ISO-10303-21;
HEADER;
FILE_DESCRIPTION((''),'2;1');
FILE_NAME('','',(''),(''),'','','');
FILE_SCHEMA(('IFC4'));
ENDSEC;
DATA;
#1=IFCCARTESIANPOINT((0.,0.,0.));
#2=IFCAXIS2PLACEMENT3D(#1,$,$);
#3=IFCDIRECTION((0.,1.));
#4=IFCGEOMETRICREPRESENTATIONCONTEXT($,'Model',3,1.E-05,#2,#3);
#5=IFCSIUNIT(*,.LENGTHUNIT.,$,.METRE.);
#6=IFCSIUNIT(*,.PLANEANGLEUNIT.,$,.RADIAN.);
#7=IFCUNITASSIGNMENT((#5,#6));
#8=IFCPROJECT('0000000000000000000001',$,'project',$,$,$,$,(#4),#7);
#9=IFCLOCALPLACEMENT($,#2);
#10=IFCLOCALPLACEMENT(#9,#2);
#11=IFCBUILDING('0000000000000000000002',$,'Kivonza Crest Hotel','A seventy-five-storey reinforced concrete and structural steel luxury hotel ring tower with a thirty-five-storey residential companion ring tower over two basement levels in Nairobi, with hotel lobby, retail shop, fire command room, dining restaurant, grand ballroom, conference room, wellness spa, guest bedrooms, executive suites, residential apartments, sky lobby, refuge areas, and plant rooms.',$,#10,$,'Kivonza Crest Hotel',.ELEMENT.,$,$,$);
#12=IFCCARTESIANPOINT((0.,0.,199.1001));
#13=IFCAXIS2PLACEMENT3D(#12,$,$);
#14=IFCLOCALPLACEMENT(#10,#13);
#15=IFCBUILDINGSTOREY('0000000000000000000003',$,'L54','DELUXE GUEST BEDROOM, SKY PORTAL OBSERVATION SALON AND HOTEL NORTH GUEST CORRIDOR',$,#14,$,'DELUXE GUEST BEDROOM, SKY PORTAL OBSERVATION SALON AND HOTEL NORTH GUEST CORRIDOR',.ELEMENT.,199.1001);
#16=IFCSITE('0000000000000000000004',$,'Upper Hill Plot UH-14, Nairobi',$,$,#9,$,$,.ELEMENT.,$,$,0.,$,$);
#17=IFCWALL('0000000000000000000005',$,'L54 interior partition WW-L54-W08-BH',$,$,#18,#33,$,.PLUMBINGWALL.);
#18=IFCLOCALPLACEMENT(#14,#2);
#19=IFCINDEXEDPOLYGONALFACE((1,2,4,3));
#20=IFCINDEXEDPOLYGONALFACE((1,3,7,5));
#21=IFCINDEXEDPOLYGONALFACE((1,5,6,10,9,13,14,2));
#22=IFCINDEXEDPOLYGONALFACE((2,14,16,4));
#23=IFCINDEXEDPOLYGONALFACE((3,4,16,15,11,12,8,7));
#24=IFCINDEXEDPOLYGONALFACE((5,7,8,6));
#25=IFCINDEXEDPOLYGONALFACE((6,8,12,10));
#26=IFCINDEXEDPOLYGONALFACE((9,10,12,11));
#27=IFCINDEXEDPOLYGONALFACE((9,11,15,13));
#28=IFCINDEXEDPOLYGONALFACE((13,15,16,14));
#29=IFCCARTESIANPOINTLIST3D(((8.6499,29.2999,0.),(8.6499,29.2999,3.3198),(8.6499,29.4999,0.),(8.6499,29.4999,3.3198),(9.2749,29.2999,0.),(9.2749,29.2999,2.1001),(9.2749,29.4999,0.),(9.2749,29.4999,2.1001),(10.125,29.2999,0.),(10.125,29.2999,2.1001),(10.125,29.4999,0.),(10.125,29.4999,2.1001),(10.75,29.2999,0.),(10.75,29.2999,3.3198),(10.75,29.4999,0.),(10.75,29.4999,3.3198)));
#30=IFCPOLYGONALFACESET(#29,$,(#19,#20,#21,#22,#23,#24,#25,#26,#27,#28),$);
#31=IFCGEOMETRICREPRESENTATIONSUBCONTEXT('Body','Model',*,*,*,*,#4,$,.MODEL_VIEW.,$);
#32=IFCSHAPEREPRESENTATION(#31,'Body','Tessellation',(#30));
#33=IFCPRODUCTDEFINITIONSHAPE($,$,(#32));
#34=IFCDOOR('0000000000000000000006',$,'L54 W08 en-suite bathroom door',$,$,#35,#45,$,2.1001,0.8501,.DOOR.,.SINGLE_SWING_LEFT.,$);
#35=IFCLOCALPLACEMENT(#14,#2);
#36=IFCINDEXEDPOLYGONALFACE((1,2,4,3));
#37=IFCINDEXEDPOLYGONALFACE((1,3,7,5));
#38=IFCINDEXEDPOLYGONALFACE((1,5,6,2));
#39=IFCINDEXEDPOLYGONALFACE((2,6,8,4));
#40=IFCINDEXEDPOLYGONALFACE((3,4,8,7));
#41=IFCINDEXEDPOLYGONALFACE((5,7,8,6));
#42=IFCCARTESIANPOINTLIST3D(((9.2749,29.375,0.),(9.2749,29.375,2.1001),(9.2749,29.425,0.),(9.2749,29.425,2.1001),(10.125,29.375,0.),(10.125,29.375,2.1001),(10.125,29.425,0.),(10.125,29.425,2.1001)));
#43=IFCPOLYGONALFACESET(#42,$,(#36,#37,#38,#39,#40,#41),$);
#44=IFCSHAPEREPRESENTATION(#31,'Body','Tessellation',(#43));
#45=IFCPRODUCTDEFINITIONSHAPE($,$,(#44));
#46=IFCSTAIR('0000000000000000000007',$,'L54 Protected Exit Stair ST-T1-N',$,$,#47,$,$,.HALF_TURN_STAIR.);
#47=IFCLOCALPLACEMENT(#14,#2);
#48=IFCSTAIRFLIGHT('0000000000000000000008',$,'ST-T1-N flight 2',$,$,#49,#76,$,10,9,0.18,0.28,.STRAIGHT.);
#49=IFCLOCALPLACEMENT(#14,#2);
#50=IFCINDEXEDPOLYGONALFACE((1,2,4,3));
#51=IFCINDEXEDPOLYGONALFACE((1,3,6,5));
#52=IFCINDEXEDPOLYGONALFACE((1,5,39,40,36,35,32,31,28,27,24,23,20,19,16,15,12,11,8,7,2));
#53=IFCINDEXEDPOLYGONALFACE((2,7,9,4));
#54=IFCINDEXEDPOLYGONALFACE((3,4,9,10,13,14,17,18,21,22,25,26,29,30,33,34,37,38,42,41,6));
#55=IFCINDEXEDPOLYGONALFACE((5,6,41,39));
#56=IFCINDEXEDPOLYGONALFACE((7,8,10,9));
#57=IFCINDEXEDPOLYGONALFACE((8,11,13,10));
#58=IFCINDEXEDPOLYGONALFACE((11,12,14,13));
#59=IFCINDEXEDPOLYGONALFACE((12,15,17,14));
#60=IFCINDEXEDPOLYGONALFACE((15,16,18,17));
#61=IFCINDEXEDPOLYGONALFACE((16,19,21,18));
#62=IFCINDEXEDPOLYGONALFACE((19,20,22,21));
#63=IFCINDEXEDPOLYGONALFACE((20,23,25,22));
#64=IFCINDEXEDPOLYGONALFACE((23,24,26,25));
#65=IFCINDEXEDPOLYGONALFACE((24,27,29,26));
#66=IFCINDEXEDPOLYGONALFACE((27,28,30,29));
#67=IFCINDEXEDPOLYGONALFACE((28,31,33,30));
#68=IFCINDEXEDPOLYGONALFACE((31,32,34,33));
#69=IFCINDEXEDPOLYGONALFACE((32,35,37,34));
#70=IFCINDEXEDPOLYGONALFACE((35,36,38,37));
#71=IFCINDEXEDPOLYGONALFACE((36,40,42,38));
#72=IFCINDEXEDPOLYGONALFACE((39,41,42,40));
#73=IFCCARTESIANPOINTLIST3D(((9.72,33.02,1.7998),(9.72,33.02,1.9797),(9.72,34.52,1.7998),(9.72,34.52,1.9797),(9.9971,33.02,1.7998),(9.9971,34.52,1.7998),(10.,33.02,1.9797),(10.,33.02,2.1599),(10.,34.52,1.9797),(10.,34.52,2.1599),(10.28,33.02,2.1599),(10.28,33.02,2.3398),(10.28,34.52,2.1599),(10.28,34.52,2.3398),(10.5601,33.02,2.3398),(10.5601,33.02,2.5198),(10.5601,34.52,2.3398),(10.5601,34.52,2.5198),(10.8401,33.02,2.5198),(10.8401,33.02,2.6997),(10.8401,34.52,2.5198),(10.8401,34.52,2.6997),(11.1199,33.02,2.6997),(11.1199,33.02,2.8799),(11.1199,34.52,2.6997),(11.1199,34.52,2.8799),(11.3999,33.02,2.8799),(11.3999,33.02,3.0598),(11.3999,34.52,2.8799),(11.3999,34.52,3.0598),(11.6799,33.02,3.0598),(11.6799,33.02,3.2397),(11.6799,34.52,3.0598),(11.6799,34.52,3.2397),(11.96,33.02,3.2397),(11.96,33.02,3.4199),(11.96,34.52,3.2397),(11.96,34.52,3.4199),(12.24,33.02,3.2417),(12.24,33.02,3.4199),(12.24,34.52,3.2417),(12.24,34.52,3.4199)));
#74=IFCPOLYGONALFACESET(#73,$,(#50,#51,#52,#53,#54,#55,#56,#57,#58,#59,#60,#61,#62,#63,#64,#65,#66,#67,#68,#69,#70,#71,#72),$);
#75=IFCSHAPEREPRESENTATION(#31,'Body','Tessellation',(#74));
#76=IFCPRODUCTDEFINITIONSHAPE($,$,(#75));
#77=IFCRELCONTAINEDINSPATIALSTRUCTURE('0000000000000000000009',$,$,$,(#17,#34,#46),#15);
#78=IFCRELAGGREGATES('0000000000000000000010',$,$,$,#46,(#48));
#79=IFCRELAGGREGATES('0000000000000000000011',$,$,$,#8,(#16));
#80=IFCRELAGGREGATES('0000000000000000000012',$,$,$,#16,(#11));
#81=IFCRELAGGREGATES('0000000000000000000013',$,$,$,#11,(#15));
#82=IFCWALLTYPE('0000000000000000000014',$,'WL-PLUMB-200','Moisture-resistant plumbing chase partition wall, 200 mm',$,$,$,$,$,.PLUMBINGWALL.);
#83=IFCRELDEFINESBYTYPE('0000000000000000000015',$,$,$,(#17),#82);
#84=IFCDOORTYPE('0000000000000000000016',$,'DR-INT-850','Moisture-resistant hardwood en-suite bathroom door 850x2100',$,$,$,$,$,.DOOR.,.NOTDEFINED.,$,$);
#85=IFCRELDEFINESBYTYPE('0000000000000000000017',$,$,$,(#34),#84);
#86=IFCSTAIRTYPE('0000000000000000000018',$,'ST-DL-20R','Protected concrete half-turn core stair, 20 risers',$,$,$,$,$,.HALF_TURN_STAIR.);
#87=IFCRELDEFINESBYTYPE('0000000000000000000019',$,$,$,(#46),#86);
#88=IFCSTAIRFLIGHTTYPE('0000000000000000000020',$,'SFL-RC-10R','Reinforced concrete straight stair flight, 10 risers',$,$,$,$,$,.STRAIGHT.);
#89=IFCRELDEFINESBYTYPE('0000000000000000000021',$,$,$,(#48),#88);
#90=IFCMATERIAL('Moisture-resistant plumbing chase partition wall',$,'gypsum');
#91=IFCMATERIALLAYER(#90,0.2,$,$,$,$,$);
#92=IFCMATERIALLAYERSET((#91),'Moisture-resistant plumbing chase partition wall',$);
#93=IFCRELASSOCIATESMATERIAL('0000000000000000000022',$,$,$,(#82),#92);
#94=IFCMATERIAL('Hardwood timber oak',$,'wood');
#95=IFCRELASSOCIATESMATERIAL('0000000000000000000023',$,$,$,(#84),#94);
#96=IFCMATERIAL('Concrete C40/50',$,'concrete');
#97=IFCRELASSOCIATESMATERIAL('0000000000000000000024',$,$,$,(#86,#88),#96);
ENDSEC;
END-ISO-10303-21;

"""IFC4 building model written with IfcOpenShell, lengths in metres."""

from ifc_helpers import new_model, si_unit, direction, frame, frame_2d, origin, place, context, subcontext, project, spatial, polyline, rectangle, outline, extrude, material, layer, layer_set, type_object, element, fill, aggregate, save


model = new_model("IFC4")

# Units and contexts
model_context = context("Model", 3, precision=1e-05, world=origin(), true_north=direction((0.0, 1.0)))
body_context = subcontext(model_context, "Body", "Model", "MODEL_VIEW")
ifc_project = project(units=[si_unit("LENGTHUNIT", "METRE"), si_unit("PLANEANGLEUNIT", "RADIAN")], contexts=[model_context])

# Site, building, storey
site_placement = place(None, origin())
site = spatial("IfcSite", under=ifc_project, at=site_placement, Name="Upper Hill Plot UH-14, Nairobi", CompositionType="ELEMENT", RefElevation=0.0)
building_placement = place(site_placement, origin())
building = spatial("IfcBuilding", under=site, at=building_placement, Name="Kivonza Crest Hotel", Description="A seventy-five-storey reinforced concrete and structural steel luxury hotel ring tower with a thirty-five-storey residential companion ring tower over two basement levels in Nairobi, with hotel lobby, retail shop, fire command room, dining restaurant, grand ballroom, conference room, wellness spa, guest bedrooms, executive suites, residential apartments, sky lobby, refuge areas, and plant rooms.", LongName="Kivonza Crest Hotel", CompositionType="ELEMENT")
storey_placement = place(building_placement, frame((0.0, 0.0, 199.1001)))
storey = spatial("IfcBuildingStorey", under=building, at=storey_placement, Name="L54", Description="DELUXE GUEST BEDROOM, SKY PORTAL OBSERVATION SALON AND HOTEL NORTH GUEST CORRIDOR", LongName="DELUXE GUEST BEDROOM, SKY PORTAL OBSERVATION SALON AND HOTEL NORTH GUEST CORRIDOR", CompositionType="ELEMENT", Elevation=199.1001)

# Shared definitions
ifc_material_1 = material(Name="Hardwood timber oak", Category="wood")

# Wall, opening, door
ifc_material_2 = material(Name="Moisture-resistant plumbing chase partition wall", Category="gypsum")
ifc_layer_1 = layer(ifc_material_2, 0.2)
ifc_layer_set_1 = layer_set([ifc_layer_1], Name="Moisture-resistant plumbing chase partition wall")
wall_type_1 = type_object("IfcWallType", Name="WL-PLUMB-200", Description="Moisture-resistant plumbing chase partition wall, 200 mm", PredefinedType="PLUMBINGWALL", material=ifc_layer_set_1)
wall_1_placement = place(storey_placement, frame((8.6499, 29.3999, 0.0), z_axis=(0.0, 0.0, 1.0), x_axis=(1.0, 0.0, 0.0)))
wall_1 = element("IfcWall", 1, at=wall_1_placement, inside=storey, type_object=wall_type_1, Name="L54 interior partition WW-L54-W08-BH", PredefinedType="PLUMBINGWALL", context=body_context, shape_type="SweptSolid", body=[
    extrude(rectangle(XDim=2.1001, YDim=0.2, at=frame_2d((1.05, 0.0))), origin(), (0.0, 0.0, 1.0), 3.3198),
])
opening_1_placement = place(wall_1_placement, frame((0.625, 0.0, 0.0)))
opening_1 = element("IfcOpeningElement", 2, at=opening_1_placement, cuts=wall_1, PredefinedType="OPENING", context=body_context, shape_type="SweptSolid", body=[
    extrude(rectangle(XDim=0.8501, YDim=2.1001, at=frame_2d((0.425, 1.05))), frame((0.0, 0.1099, 0.0), z_axis=(0.0, -1.0, 0.0), x_axis=(1.0, 0.0, 0.0)), (0.0, 0.0, 1.0), 0.22),
])
door_type_1 = type_object("IfcDoorType", Name="DR-INT-850", Description="Moisture-resistant hardwood en-suite bathroom door 850x2100", OperationType="NOTDEFINED", PredefinedType="DOOR", material=ifc_material_1)
door_1_placement = place(opening_1_placement, frame((0.8501, 0.0, 0.0), z_axis=(0.0, 0.0, 1.0), x_axis=(-1.0, 0.0, 0.0)))
door_1 = element("IfcDoor", 3, at=door_1_placement, inside=storey, type_object=door_type_1, Name="L54 W08 en-suite bathroom door", OperationType="SINGLE_SWING_LEFT", OverallHeight=2.1001, OverallWidth=0.8501, PredefinedType="DOOR", context=body_context, shape_type="SweptSolid", body=[
    extrude(rectangle(XDim=0.8501, YDim=2.1001, at=frame_2d((0.425, 1.05))), frame((0.0, 0.0249, 0.0), z_axis=(0.0, -1.0, 0.0), x_axis=(1.0, 0.0, 0.0)), (0.0, 0.0, 1.0), 0.05),
])
fill(opening_1, door_1)

# Stair, stair flight
ifc_material_3 = material(Name="Concrete C40/50", Category="concrete")
stair_type = type_object("IfcStairType", Name="ST-DL-20R", Description="Protected concrete half-turn core stair, 20 risers", PredefinedType="HALF_TURN_STAIR", material=ifc_material_3)
stair_placement = place(storey_placement, origin())
stair = element("IfcStair", 4, at=stair_placement, inside=storey, type_object=stair_type, Name="L54 Protected Exit Stair ST-T1-N", PredefinedType="HALF_TURN_STAIR")
stair_flight_type = type_object("IfcStairFlightType", Name="SFL-RC-10R", Description="Reinforced concrete straight stair flight, 10 risers", PredefinedType="STRAIGHT", material=ifc_material_3)
stair_flight_placement = place(storey_placement, frame((9.72, 33.77, 1.7998), z_axis=(0.0, 0.0, 1.0), x_axis=(1.0, 0.0, 0.0)))
stair_flight = element("IfcStairFlight", 5, at=stair_flight_placement, type_object=stair_flight_type, Name="ST-T1-N flight 2", NumberOfRisers=10, NumberOfTreads=9, PredefinedType="STRAIGHT", RiserHeight=0.18, TreadLength=0.28, context=body_context, shape_type="SweptSolid", body=[
    extrude(outline(polyline([(0.0, 0.0), (0.0, 0.1799), (0.28, 0.1799), (0.28, 0.3601), (0.5601, 0.3601), (0.5601, 0.54), (0.8401, 0.54), (0.8401, 0.72), (1.1201, 0.72), (1.1201, 0.8999), (1.3999, 0.8999), (1.3999, 1.0801), (1.6799, 1.0801), (1.6799, 1.26), (1.96, 1.26), (1.96, 1.4399), (2.24, 1.4399), (2.24, 1.6201), (2.52, 1.6201), (2.52, 1.8), (2.52, 1.4419), (0.2771, 0.0), (0.0, 0.0)])), frame((0.0, 0.75, 0.0), z_axis=(0.0, -1.0, 0.0), x_axis=(1.0, 0.0, 0.0)), (0.0, 0.0, 1.0), 1.5),
])
aggregate(stair, [stair_flight])

save(model, "model.ifc")
